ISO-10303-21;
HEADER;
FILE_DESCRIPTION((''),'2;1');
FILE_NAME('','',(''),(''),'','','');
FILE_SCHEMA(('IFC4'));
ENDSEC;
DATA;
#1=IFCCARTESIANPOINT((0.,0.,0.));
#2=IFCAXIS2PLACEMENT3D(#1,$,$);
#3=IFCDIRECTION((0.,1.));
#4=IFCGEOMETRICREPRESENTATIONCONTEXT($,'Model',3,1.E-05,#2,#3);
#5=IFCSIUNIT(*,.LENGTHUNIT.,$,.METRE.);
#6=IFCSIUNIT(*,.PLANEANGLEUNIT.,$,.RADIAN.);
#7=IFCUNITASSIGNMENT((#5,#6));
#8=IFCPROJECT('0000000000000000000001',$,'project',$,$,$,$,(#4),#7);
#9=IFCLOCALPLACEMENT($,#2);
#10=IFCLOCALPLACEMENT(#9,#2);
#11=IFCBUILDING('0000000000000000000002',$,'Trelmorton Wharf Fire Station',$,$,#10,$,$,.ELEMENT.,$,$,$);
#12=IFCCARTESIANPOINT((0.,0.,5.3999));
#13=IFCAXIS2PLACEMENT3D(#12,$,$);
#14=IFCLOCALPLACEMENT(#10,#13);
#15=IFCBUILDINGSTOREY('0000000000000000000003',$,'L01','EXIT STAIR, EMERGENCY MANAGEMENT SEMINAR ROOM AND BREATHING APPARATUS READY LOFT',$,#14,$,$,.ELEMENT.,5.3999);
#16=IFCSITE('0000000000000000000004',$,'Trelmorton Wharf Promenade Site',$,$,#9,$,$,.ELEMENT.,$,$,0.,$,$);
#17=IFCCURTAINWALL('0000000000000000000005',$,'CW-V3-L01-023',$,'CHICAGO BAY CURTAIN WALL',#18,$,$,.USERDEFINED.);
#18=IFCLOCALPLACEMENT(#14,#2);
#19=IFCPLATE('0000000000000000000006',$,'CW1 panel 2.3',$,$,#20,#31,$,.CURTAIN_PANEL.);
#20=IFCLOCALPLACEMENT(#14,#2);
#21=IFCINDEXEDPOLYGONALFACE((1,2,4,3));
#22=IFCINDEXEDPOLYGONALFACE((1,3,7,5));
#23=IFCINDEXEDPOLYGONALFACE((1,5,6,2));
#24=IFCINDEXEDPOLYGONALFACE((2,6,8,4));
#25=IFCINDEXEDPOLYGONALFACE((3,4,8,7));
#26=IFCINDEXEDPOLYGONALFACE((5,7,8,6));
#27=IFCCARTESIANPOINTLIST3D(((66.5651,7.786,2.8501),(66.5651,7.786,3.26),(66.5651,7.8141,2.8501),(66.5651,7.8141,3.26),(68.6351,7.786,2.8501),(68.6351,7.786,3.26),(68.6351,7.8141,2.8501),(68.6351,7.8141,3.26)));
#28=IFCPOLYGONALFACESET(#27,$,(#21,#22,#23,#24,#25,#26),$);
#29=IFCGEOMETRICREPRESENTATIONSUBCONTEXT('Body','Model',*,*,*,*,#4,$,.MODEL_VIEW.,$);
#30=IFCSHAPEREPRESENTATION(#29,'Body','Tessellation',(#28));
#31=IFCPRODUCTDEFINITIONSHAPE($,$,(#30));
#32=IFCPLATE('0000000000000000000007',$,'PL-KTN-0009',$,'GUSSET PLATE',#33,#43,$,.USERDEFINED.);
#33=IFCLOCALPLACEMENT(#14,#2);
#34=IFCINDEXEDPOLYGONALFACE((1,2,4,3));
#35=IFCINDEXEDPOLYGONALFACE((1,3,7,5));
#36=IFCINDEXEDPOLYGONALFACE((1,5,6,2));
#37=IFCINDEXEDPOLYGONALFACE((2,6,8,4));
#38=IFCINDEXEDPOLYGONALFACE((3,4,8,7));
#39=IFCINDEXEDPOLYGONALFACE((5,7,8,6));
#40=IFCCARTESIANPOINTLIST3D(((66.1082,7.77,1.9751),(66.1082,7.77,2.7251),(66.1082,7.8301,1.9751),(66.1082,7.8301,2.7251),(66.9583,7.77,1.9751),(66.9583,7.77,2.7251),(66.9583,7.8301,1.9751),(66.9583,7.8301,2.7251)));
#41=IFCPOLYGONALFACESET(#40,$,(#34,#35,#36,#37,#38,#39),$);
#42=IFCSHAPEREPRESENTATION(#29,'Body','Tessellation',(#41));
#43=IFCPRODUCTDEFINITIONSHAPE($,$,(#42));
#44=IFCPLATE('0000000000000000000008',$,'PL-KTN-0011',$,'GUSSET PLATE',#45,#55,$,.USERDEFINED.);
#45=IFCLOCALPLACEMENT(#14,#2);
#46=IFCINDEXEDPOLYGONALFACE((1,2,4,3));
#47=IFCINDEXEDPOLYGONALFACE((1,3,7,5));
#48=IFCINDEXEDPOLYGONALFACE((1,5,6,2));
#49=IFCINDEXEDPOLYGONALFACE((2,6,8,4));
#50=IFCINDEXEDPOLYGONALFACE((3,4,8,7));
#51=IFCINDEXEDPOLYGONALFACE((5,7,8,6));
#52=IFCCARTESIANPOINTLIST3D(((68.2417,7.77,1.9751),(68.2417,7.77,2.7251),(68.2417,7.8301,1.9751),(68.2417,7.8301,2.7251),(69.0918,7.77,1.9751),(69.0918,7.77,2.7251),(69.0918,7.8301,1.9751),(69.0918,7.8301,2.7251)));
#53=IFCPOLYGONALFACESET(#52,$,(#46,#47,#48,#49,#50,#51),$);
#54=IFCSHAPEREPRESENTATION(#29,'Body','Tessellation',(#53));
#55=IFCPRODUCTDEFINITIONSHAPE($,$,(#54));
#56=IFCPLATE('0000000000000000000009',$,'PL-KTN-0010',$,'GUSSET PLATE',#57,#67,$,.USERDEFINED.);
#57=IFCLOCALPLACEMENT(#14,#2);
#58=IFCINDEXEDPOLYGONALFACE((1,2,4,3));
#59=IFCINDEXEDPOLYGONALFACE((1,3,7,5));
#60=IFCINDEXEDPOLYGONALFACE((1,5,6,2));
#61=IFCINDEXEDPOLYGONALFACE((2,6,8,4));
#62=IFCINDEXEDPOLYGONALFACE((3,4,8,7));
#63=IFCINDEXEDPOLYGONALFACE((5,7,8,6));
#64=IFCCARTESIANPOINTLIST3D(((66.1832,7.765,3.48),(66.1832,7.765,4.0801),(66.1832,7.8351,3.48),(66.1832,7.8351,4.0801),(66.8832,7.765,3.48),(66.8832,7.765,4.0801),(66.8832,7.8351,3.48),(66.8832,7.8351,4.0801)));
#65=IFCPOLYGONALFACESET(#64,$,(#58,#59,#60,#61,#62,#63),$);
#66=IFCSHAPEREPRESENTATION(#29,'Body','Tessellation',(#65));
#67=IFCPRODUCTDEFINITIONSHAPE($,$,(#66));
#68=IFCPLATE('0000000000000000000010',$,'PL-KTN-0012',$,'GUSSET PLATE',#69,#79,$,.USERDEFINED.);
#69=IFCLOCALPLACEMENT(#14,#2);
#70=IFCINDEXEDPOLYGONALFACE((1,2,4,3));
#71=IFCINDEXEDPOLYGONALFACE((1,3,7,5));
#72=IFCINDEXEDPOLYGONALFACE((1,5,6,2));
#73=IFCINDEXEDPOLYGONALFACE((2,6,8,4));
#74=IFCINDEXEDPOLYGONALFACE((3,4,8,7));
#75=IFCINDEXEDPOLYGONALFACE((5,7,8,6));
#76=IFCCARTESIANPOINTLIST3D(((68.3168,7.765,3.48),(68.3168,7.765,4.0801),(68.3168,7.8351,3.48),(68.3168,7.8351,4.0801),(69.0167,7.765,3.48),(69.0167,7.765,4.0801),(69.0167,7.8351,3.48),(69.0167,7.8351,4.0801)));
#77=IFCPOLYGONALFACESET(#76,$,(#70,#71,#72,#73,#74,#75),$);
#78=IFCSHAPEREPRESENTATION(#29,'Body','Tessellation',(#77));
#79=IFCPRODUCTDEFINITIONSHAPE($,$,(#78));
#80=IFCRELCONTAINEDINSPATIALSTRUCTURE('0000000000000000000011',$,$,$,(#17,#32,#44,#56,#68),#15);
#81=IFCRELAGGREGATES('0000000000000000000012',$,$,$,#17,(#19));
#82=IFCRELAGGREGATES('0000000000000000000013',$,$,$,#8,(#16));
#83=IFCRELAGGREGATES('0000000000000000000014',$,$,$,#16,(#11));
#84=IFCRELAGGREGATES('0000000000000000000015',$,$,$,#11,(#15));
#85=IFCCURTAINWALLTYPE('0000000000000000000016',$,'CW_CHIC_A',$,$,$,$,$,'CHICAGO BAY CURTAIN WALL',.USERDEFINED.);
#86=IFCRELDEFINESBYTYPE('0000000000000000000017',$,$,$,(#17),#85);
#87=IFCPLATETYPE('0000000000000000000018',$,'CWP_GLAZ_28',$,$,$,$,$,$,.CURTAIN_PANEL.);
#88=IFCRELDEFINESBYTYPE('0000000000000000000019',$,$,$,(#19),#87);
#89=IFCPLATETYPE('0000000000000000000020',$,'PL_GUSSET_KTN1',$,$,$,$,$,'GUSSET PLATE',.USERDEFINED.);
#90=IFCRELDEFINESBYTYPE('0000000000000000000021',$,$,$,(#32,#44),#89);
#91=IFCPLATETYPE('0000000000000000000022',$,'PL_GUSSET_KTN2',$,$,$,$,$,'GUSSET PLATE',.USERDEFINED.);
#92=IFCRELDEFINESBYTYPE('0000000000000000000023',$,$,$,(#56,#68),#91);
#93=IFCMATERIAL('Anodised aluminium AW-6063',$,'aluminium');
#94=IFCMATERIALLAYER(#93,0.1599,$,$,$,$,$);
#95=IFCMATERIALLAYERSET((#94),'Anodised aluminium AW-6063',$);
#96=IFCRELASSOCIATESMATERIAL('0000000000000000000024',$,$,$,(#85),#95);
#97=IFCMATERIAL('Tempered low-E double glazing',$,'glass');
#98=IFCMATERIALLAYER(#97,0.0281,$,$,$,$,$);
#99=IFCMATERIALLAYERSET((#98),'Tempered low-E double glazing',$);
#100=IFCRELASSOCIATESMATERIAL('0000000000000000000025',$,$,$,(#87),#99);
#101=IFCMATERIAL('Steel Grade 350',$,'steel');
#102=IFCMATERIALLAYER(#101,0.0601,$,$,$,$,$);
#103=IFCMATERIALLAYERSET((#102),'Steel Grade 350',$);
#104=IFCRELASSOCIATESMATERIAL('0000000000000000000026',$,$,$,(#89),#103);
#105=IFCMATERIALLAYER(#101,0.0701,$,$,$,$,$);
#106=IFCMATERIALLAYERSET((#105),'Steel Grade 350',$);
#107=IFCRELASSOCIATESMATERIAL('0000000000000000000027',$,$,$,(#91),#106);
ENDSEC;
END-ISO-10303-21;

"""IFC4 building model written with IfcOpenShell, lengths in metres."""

from ifc_helpers import new_model, si_unit, direction, frame, origin, origin_2d, place, context, subcontext, project, spatial, rectangle, extrude, material, layer, layer_set, type_object, element, aggregate, save


model = new_model("IFC4")

# Units and contexts
model_context = context("Model", 3, precision=1e-05, world=origin(), true_north=direction((0.0, 1.0)))
body_context = subcontext(model_context, "Body", "Model", "MODEL_VIEW")
ifc_project = project(units=[si_unit("LENGTHUNIT", "METRE"), si_unit("PLANEANGLEUNIT", "RADIAN")], contexts=[model_context])

# Site, building, storey
site_placement = place(None, origin())
site = spatial("IfcSite", under=ifc_project, at=site_placement, Name="Trelmorton Wharf Promenade Site", CompositionType="ELEMENT", RefElevation=0.0)
building_placement = place(site_placement, origin())
building = spatial("IfcBuilding", under=site, at=building_placement, Name="Trelmorton Wharf Fire Station", CompositionType="ELEMENT")
storey_placement = place(building_placement, frame((0.0, 0.0, 5.3999)))
storey = spatial("IfcBuildingStorey", under=building, at=storey_placement, Name="L01", Description="EXIT STAIR, EMERGENCY MANAGEMENT SEMINAR ROOM AND BREATHING APPARATUS READY LOFT", CompositionType="ELEMENT", Elevation=5.3999)

# Shared definitions
ifc_material_1 = material(Name="Steel Grade 350", Category="steel")

# Curtain wall
ifc_material_2 = material(Name="Anodised aluminium AW-6063", Category="aluminium")
ifc_layer_1 = layer(ifc_material_2, 0.1599)
ifc_layer_set_1 = layer_set([ifc_layer_1], Name="Anodised aluminium AW-6063")
curtain_wall_type = type_object("IfcCurtainWallType", Name="CW_CHIC_A", ElementType="CHICAGO BAY CURTAIN WALL", PredefinedType="USERDEFINED", material=ifc_layer_set_1)
curtain_wall_placement = place(storey_placement, origin())
curtain_wall = element("IfcCurtainWall", 1, at=curtain_wall_placement, inside=storey, type_object=curtain_wall_type, Name="CW-V3-L01-023", ObjectType="CHICAGO BAY CURTAIN WALL", PredefinedType="USERDEFINED")

# Plate
ifc_material_3 = material(Name="Tempered low-E double glazing", Category="glass")
ifc_layer_2 = layer(ifc_material_3, 0.0281)
ifc_layer_set_2 = layer_set([ifc_layer_2], Name="Tempered low-E double glazing")
plate_type_1 = type_object("IfcPlateType", Name="CWP_GLAZ_28", PredefinedType="CURTAIN_PANEL", material=ifc_layer_set_2)
plate_1_placement = place(storey_placement, frame((67.6001, 7.8, 2.8501), z_axis=(0.0, 0.0, 1.0), x_axis=(-1.0, 0.0, 0.0)))
plate_1 = element("IfcPlate", 2, at=plate_1_placement, type_object=plate_type_1, Name="CW1 panel 2.3", PredefinedType="CURTAIN_PANEL", context=body_context, shape_type="SweptSolid", body=[
    extrude(rectangle(XDim=2.0701, YDim=0.0281, at=origin_2d()), origin(), (0.0, 0.0, 1.0), 0.4099),
])
aggregate(curtain_wall, [plate_1])

# Plates
ifc_layer_3 = layer(ifc_material_1, 0.0601)
ifc_layer_set_3 = layer_set([ifc_layer_3], Name="Steel Grade 350")
plate_type_2 = type_object("IfcPlateType", Name="PL_GUSSET_KTN1", ElementType="GUSSET PLATE", PredefinedType="USERDEFINED", material=ifc_layer_set_3)
for number, where, z_axis, x_axis, name in (
    (3, (66.5332, 7.8, 1.9751), (0.0, 0.0, 1.0), (1.0, 0.0, 0.0), "PL-KTN-0009"),
    (4, (68.6667, 7.8, 1.9751), (0.0, 0.0, 1.0), (1.0, 0.0, 0.0), "PL-KTN-0011"),
):
    element("IfcPlate", number, at=place(storey_placement, frame(where, z_axis=z_axis, x_axis=x_axis)), inside=storey, type_object=plate_type_2, Name=name, ObjectType="GUSSET PLATE", PredefinedType="USERDEFINED", context=body_context, shape_type="SweptSolid", body=[
        extrude(rectangle(XDim=0.8501, YDim=0.0601, at=origin_2d()), origin(), (0.0, 0.0, 1.0), 0.75),
    ])
ifc_layer_4 = layer(ifc_material_1, 0.0701)
ifc_layer_set_4 = layer_set([ifc_layer_4], Name="Steel Grade 350")
plate_type_3 = type_object("IfcPlateType", Name="PL_GUSSET_KTN2", ElementType="GUSSET PLATE", PredefinedType="USERDEFINED", material=ifc_layer_set_4)
for number, where, z_axis, x_axis, name in (
    (5, (66.5332, 7.8, 3.48), (0.0, 0.0, 1.0), (1.0, 0.0, 0.0), "PL-KTN-0010"),
    (6, (68.6667, 7.8, 3.48), (0.0, 0.0, 1.0), (1.0, 0.0, 0.0), "PL-KTN-0012"),
):
    element("IfcPlate", number, at=place(storey_placement, frame(where, z_axis=z_axis, x_axis=x_axis)), inside=storey, type_object=plate_type_3, Name=name, ObjectType="GUSSET PLATE", PredefinedType="USERDEFINED", context=body_context, shape_type="SweptSolid", body=[
        extrude(rectangle(XDim=0.7, YDim=0.0701, at=origin_2d()), origin(), (0.0, 0.0, 1.0), 0.6001),
    ])

save(model, "model.ifc")
